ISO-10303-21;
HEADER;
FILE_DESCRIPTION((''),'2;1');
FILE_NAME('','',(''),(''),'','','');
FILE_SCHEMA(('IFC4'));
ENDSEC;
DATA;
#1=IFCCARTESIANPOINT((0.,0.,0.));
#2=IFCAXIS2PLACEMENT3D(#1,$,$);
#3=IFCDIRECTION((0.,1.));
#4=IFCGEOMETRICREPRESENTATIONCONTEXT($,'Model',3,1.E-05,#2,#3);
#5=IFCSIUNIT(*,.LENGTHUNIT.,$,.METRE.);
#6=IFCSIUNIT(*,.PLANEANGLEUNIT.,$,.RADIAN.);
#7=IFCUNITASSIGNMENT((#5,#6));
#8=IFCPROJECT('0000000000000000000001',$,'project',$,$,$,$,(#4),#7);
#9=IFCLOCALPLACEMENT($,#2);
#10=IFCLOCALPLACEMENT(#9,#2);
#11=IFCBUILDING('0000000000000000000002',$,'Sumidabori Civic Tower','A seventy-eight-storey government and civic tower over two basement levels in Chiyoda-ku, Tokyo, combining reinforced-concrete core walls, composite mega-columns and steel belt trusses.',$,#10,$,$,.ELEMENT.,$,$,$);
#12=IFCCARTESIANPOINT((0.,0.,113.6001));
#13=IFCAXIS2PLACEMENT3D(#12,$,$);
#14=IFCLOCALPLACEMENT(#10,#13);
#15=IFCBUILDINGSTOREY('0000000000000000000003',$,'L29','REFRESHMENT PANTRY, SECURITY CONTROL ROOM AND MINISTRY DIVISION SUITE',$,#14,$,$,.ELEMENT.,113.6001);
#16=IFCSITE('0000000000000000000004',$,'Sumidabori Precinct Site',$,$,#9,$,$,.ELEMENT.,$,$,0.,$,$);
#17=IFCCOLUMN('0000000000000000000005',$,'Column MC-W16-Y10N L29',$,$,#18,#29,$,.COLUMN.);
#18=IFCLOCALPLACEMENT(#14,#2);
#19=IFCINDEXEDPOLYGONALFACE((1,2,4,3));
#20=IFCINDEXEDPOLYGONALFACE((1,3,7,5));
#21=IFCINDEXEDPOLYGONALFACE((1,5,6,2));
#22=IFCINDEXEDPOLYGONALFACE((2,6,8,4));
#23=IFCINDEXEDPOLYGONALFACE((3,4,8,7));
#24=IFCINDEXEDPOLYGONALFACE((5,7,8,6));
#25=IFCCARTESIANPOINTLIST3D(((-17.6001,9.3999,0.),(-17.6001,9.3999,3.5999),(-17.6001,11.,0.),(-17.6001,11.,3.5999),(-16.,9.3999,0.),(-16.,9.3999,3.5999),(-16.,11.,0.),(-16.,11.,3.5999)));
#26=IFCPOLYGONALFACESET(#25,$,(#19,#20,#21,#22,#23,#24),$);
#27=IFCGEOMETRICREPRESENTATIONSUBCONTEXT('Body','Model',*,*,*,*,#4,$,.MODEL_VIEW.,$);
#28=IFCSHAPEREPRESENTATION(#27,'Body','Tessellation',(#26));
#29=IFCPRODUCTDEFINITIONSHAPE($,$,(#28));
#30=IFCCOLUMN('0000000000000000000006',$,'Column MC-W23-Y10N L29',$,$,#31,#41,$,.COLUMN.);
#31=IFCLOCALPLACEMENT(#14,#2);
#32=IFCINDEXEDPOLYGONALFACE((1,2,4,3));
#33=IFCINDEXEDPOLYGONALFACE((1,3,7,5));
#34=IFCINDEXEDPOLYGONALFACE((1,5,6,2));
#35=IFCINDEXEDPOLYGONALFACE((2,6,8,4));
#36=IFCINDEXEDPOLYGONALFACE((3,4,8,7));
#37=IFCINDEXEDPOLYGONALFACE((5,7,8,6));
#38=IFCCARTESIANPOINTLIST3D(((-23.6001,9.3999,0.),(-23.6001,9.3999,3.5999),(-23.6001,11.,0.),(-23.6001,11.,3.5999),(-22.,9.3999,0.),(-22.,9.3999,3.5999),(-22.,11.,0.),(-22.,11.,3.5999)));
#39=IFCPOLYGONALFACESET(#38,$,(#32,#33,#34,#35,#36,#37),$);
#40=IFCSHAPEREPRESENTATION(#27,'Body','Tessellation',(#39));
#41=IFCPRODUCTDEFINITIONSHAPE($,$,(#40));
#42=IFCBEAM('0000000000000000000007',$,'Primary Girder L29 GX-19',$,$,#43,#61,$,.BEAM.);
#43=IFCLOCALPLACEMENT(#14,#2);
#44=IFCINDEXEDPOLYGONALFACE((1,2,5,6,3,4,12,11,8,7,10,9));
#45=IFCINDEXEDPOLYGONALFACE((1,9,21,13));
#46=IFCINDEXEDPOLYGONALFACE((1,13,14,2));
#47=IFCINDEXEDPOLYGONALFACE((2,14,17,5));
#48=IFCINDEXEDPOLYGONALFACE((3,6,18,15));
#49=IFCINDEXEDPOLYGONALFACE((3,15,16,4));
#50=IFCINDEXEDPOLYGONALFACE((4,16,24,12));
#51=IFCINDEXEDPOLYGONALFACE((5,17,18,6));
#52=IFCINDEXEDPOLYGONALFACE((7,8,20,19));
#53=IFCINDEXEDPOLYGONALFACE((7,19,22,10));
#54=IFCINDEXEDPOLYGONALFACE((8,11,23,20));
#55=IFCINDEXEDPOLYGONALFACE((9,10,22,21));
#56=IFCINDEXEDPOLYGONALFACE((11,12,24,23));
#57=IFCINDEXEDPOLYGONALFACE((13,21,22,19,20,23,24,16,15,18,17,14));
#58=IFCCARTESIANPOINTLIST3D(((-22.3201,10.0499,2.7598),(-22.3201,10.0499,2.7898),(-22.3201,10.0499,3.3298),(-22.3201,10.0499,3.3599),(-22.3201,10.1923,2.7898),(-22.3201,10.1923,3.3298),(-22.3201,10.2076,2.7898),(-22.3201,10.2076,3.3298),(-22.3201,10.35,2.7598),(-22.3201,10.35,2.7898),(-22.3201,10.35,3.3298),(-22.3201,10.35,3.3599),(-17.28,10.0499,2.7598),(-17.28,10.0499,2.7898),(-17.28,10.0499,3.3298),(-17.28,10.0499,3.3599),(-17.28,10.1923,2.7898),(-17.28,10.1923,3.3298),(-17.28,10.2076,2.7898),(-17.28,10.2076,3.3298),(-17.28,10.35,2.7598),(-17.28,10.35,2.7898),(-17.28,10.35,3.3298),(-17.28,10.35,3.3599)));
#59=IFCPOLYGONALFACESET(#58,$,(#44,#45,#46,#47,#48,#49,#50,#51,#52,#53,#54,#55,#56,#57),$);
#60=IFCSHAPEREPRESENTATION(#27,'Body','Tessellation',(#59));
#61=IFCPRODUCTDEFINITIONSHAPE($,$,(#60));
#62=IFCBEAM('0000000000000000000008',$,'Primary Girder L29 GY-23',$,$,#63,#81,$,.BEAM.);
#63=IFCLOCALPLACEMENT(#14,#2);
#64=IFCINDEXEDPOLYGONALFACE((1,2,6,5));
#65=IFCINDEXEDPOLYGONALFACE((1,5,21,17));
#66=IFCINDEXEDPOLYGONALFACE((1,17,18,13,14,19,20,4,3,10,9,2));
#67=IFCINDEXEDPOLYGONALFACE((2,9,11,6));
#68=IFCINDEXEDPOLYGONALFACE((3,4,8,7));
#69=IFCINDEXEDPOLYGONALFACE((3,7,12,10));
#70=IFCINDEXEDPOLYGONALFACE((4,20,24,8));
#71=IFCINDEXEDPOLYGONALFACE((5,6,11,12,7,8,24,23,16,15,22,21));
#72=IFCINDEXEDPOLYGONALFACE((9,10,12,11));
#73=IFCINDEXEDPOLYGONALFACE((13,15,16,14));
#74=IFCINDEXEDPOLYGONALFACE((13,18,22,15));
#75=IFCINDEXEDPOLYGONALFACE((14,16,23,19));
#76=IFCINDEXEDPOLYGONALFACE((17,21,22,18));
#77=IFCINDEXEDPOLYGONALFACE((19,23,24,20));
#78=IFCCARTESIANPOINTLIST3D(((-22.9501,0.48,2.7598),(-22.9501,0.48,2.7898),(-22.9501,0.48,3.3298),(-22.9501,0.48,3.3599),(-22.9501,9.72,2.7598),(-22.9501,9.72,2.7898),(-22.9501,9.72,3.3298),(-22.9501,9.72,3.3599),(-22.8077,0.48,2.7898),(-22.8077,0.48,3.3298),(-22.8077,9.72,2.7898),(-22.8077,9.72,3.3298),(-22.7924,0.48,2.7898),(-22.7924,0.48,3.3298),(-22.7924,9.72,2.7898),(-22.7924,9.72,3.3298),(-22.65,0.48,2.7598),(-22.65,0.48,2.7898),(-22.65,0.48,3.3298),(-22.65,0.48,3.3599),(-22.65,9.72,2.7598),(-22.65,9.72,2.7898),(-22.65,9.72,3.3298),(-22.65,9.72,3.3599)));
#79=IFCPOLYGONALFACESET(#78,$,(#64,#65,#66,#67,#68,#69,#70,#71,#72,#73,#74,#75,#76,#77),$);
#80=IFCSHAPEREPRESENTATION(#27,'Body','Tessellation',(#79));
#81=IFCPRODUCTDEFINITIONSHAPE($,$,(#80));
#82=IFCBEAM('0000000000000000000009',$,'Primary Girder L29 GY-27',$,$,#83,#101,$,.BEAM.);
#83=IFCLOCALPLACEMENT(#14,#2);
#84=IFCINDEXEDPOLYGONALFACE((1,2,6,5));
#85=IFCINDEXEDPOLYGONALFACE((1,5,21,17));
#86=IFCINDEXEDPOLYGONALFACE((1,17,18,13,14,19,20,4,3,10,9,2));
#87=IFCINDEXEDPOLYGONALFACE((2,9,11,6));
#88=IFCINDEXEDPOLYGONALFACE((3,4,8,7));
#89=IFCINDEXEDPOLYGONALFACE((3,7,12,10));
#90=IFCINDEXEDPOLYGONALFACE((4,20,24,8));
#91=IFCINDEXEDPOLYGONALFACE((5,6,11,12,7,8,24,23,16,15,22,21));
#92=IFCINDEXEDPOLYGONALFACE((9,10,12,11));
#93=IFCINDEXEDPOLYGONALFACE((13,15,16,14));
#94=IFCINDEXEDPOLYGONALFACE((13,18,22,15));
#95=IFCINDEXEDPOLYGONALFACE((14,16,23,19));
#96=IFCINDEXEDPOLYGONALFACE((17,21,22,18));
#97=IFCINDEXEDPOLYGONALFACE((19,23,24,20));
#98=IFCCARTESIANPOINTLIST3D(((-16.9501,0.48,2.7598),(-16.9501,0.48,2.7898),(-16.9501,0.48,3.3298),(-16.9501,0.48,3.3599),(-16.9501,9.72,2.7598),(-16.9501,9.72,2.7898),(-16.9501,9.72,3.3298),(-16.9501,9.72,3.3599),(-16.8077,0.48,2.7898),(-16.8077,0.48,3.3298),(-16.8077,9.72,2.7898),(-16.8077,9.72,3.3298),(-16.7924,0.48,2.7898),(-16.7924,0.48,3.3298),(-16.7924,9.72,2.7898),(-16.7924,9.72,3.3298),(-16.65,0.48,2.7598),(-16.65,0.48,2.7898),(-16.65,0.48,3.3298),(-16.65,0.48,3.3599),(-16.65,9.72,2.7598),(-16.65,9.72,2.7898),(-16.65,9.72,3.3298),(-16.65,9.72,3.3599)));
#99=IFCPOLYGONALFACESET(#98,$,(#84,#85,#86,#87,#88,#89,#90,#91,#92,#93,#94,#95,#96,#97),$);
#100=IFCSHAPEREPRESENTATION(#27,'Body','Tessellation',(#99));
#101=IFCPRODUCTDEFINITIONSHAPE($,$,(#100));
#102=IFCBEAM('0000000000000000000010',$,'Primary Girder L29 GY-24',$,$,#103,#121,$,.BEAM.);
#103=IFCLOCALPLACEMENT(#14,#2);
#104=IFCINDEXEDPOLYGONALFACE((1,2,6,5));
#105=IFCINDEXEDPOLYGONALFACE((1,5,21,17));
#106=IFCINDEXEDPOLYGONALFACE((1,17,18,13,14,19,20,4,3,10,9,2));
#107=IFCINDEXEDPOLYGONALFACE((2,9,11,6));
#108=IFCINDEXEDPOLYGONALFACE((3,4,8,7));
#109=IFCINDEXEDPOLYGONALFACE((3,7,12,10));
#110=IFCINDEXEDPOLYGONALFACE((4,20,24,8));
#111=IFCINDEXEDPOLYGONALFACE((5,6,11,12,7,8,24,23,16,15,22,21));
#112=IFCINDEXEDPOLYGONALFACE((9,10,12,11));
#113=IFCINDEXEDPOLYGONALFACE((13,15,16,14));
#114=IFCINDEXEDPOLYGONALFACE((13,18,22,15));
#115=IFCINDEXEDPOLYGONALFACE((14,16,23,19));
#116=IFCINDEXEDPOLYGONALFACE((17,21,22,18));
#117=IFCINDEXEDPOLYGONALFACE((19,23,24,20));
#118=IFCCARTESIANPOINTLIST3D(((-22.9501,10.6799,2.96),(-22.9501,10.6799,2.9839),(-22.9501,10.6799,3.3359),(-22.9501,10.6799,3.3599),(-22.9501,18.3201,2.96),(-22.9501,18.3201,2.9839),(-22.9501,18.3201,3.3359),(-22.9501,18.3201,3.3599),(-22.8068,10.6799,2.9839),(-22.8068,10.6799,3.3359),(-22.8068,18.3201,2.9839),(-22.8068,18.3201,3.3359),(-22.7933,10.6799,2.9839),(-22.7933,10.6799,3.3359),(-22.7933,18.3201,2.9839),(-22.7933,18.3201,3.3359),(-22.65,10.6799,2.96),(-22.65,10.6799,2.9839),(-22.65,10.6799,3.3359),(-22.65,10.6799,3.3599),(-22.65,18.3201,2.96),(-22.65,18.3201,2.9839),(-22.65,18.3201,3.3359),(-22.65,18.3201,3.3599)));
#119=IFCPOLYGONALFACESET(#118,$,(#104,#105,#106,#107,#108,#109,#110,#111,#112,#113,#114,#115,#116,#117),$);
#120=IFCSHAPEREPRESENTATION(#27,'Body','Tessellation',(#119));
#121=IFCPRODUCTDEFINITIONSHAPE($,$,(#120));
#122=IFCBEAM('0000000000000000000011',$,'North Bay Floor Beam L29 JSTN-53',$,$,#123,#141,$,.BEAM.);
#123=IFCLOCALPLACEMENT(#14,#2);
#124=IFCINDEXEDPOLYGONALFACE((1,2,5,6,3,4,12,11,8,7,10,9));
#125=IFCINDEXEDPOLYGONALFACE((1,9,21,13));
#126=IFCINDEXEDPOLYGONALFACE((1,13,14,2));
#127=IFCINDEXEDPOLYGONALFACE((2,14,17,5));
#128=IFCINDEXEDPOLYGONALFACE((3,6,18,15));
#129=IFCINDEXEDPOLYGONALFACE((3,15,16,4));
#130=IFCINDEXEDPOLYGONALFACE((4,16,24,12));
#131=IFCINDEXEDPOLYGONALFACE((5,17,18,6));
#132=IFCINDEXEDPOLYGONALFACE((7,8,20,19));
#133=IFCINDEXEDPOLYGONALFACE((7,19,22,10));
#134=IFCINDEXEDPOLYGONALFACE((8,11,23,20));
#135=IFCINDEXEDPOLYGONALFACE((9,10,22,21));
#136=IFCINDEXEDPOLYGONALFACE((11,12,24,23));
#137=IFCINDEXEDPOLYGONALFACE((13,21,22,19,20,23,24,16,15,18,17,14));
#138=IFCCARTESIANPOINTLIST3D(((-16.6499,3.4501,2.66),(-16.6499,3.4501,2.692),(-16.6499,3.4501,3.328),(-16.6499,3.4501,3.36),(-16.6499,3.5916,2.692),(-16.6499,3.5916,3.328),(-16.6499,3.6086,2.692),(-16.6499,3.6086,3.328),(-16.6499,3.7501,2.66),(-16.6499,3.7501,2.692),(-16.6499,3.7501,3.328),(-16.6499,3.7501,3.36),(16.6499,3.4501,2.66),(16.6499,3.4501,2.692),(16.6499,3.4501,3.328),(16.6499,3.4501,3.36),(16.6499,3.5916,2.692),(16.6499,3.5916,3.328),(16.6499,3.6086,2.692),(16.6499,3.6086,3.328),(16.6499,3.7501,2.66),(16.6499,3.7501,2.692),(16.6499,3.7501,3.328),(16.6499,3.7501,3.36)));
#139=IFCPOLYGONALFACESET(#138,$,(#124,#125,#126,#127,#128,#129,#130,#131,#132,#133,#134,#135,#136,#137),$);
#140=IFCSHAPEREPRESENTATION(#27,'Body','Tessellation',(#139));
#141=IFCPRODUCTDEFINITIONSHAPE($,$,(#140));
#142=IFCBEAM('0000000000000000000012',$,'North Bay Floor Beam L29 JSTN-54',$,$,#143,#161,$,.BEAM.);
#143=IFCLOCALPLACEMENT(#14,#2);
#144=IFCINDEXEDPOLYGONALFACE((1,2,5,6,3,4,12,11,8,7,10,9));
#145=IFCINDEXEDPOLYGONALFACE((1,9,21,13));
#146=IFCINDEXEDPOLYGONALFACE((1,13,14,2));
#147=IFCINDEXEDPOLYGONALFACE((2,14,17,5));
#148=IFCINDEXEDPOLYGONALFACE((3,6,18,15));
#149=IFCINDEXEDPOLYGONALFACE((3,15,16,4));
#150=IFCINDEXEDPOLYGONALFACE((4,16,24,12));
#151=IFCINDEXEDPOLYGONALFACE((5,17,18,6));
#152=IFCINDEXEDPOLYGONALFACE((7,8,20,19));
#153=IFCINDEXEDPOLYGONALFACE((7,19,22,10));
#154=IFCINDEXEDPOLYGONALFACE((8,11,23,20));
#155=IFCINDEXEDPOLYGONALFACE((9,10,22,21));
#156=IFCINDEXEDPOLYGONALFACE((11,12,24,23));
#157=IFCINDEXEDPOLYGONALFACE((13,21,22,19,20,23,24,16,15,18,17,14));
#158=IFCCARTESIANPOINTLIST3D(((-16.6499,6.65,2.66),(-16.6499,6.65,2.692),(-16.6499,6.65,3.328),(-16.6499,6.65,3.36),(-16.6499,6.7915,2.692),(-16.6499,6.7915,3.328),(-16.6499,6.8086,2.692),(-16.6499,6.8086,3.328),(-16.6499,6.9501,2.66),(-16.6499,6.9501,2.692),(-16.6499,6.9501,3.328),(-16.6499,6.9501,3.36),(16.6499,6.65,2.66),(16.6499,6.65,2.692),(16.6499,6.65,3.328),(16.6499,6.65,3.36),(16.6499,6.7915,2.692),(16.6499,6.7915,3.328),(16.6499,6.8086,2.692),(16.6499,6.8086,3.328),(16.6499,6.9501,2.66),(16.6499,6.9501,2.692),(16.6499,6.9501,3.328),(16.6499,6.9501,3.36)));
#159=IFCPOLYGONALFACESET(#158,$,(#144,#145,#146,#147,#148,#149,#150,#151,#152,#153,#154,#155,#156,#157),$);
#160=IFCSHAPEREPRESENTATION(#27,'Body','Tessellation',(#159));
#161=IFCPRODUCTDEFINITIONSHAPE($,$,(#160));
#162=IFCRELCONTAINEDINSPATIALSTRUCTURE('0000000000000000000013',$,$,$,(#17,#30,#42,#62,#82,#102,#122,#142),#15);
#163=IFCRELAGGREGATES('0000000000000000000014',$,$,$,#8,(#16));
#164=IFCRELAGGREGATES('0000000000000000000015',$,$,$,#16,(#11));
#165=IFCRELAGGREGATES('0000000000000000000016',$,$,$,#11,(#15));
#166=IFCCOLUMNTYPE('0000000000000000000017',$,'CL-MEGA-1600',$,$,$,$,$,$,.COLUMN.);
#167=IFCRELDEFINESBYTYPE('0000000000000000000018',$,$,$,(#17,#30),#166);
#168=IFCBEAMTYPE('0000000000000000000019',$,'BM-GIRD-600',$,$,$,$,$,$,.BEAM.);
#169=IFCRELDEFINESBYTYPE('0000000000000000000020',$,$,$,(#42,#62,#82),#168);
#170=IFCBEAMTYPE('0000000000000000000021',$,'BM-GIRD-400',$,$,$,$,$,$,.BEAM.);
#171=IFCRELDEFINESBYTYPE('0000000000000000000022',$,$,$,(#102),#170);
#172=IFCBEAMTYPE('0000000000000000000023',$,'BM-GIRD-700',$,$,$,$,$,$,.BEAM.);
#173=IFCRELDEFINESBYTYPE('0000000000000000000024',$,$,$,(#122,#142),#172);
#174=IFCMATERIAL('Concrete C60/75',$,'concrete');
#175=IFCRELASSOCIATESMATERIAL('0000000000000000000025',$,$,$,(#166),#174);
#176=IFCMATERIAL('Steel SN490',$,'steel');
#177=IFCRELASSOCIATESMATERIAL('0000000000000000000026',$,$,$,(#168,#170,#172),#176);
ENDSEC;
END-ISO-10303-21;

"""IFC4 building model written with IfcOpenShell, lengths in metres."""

from ifc_helpers import new_model, si_unit, direction, frame, origin, origin_2d, place, context, subcontext, project, spatial, rectangle, i_section, extrude, source, transform, mapped, material, material_profile, profile_set, type_object, element, save


model = new_model("IFC4")

# Units and contexts
model_context = context("Model", 3, precision=1e-05, world=origin(), true_north=direction((0.0, 1.0)))
body_context = subcontext(model_context, "Body", "Model", "MODEL_VIEW")
ifc_project = project(units=[si_unit("LENGTHUNIT", "METRE"), si_unit("PLANEANGLEUNIT", "RADIAN")], contexts=[model_context])

# Site, building, storey
site_placement = place(None, origin())
site = spatial("IfcSite", under=ifc_project, at=site_placement, Name="Sumidabori Precinct Site", CompositionType="ELEMENT", RefElevation=0.0)
building_placement = place(site_placement, origin())
building = spatial("IfcBuilding", under=site, at=building_placement, Name="Sumidabori Civic Tower", Description="A seventy-eight-storey government and civic tower over two basement levels in Chiyoda-ku, Tokyo, combining reinforced-concrete core walls, composite mega-columns and steel belt trusses.", CompositionType="ELEMENT")
storey_placement = place(building_placement, frame((0.0, 0.0, 113.6001)))
storey = spatial("IfcBuildingStorey", under=building, at=storey_placement, Name="L29", Description="REFRESHMENT PANTRY, SECURITY CONTROL ROOM AND MINISTRY DIVISION SUITE", CompositionType="ELEMENT", Elevation=113.6001)

# Columns
ifc_material_1 = material(Name="Concrete C60/75", Category="concrete")
ifc_material_profile_1 = material_profile(ifc_material_1, rectangle(XDim=1.6001, YDim=1.6001, at=origin_2d()), Name="RC 1600x1600")
ifc_profile_set_1 = profile_set([ifc_material_profile_1], Name="Concrete C60/75")
column_type = type_object("IfcColumnType", Name="CL-MEGA-1600", PredefinedType="COLUMN", material=ifc_profile_set_1)
shared_shape_1 = source(origin(), body_context, "Body", "SweptSolid", [
    extrude(rectangle(XDim=1.6001, YDim=1.6001, at=origin_2d()), origin(), (0.0, 0.0, 1.0), 3.5999),
])
for number, where, z_axis, x_axis, name in (
    (1, (-16.8, 10.2, 0.0), (0.0, 0.0, 1.0), (1.0, 0.0, 0.0), "Column MC-W16-Y10N L29"),
    (2, (-22.8, 10.2, 0.0), (0.0, 0.0, 1.0), (1.0, 0.0, 0.0), "Column MC-W23-Y10N L29"),
):
    element("IfcColumn", number, at=place(storey_placement, frame(where, z_axis=z_axis, x_axis=x_axis)), inside=storey, type_object=column_type, Name=name, PredefinedType="COLUMN", context=body_context, shape_type="MappedRepresentation", body=[
        mapped(shared_shape_1, transform((0.0, 0.0, 0.0), x_axis=(1.0, 0.0, 0.0), y_axis=(0.0, 1.0, 0.0), z_axis=(0.0, 0.0, 1.0), scale=1.0)),
    ])

# Beams
ifc_material_2 = material(Name="Steel SN490", Category="steel")
ifc_material_profile_2 = material_profile(ifc_material_2, i_section(OverallWidth=0.3, OverallDepth=0.6001, WebThickness=0.0154, FlangeThickness=0.03, at=origin_2d()), Name="HE 600 B")
ifc_profile_set_2 = profile_set([ifc_material_profile_2], Name="Steel SN490")
beam_type_1 = type_object("IfcBeamType", Name="BM-GIRD-600", PredefinedType="BEAM", material=ifc_profile_set_2)
shared_shape_2 = source(origin(), body_context, "Body", "SweptSolid", [
    extrude(i_section(OverallWidth=0.3, OverallDepth=0.6001, WebThickness=0.0154, FlangeThickness=0.03, at=origin_2d()), origin(), (0.0, 0.0, 1.0), 5.04),
])
beam_1_placement = place(storey_placement, frame((-22.3201, 10.2, 3.0598), z_axis=(1.0, 0.0, 0.0), x_axis=(0.0, 1.0, 0.0)))
element("IfcBeam", 3, at=beam_1_placement, inside=storey, type_object=beam_type_1, Name="Primary Girder L29 GX-19", PredefinedType="BEAM", context=body_context, shape_type="MappedRepresentation", body=[
    mapped(shared_shape_2, transform((0.0, 0.0, 0.0), x_axis=(1.0, 0.0, 0.0), y_axis=(0.0, 1.0, 0.0), z_axis=(0.0, 0.0, 1.0), scale=1.0)),
])
shared_shape_3 = source(origin(), body_context, "Body", "SweptSolid", [
    extrude(i_section(OverallWidth=0.3, OverallDepth=0.6001, WebThickness=0.0154, FlangeThickness=0.03, at=origin_2d()), origin(), (0.0, 0.0, 1.0), 9.24),
])
for number, where, z_axis, x_axis, name in (
    (4, (-22.8, 0.48, 3.0598), (0.0, 1.0, 0.0), (-1.0, 0.0, 0.0), "Primary Girder L29 GY-23"),
    (5, (-16.8, 0.48, 3.0598), (0.0, 1.0, 0.0), (-1.0, 0.0, 0.0), "Primary Girder L29 GY-27"),
):
    element("IfcBeam", number, at=place(storey_placement, frame(where, z_axis=z_axis, x_axis=x_axis)), inside=storey, type_object=beam_type_1, Name=name, PredefinedType="BEAM", context=body_context, shape_type="MappedRepresentation", body=[
        mapped(shared_shape_3, transform((0.0, 0.0, 0.0), x_axis=(1.0, 0.0, 0.0), y_axis=(0.0, 1.0, 0.0), z_axis=(0.0, 0.0, 1.0), scale=1.0)),
    ])
ifc_material_profile_3 = material_profile(ifc_material_2, i_section(OverallWidth=0.3, OverallDepth=0.3999, WebThickness=0.0134, FlangeThickness=0.0239, at=origin_2d()), Name="HE 400 B")
ifc_profile_set_3 = profile_set([ifc_material_profile_3], Name="Steel SN490")
beam_type_2 = type_object("IfcBeamType", Name="BM-GIRD-400", PredefinedType="BEAM", material=ifc_profile_set_3)
shared_shape_4 = source(origin(), body_context, "Body", "SweptSolid", [
    extrude(i_section(OverallWidth=0.3, OverallDepth=0.3999, WebThickness=0.0134, FlangeThickness=0.0239, at=origin_2d()), origin(), (0.0, 0.0, 1.0), 7.6401),
])
beam_2_placement = place(storey_placement, frame((-22.8, 10.6799, 3.1599), z_axis=(0.0, 1.0, 0.0), x_axis=(-1.0, 0.0, 0.0)))
element("IfcBeam", 6, at=beam_2_placement, inside=storey, type_object=beam_type_2, Name="Primary Girder L29 GY-24", PredefinedType="BEAM", context=body_context, shape_type="MappedRepresentation", body=[
    mapped(shared_shape_4, transform((0.0, 0.0, 0.0), x_axis=(1.0, 0.0, 0.0), y_axis=(0.0, 1.0, 0.0), z_axis=(0.0, 0.0, 1.0), scale=1.0)),
])
ifc_material_profile_4 = material_profile(ifc_material_2, i_section(OverallWidth=0.3, OverallDepth=0.7, WebThickness=0.0171, FlangeThickness=0.032, at=origin_2d()), Name="HE 700 B")
ifc_profile_set_4 = profile_set([ifc_material_profile_4], Name="Steel SN490")
beam_type_3 = type_object("IfcBeamType", Name="BM-GIRD-700", PredefinedType="BEAM", material=ifc_profile_set_4)
shared_shape_5 = source(origin(), body_context, "Body", "SweptSolid", [
    extrude(i_section(OverallWidth=0.3, OverallDepth=0.7, WebThickness=0.0171, FlangeThickness=0.032, at=origin_2d()), origin(), (0.0, 0.0, 1.0), 33.2998),
])
for number, where, z_axis, x_axis, name in (
    (7, (-16.6499, 3.6001, 3.01), (1.0, 0.0, 0.0), (0.0, 1.0, 0.0), "North Bay Floor Beam L29 JSTN-53"),
    (8, (-16.6499, 6.8, 3.01), (1.0, 0.0, 0.0), (0.0, 1.0, 0.0), "North Bay Floor Beam L29 JSTN-54"),
):
    element("IfcBeam", number, at=place(storey_placement, frame(where, z_axis=z_axis, x_axis=x_axis)), inside=storey, type_object=beam_type_3, Name=name, PredefinedType="BEAM", context=body_context, shape_type="MappedRepresentation", body=[
        mapped(shared_shape_5, transform((0.0, 0.0, 0.0), x_axis=(1.0, 0.0, 0.0), y_axis=(0.0, 1.0, 0.0), z_axis=(0.0, 0.0, 1.0), scale=1.0)),
    ])

save(model, "model.ifc")
